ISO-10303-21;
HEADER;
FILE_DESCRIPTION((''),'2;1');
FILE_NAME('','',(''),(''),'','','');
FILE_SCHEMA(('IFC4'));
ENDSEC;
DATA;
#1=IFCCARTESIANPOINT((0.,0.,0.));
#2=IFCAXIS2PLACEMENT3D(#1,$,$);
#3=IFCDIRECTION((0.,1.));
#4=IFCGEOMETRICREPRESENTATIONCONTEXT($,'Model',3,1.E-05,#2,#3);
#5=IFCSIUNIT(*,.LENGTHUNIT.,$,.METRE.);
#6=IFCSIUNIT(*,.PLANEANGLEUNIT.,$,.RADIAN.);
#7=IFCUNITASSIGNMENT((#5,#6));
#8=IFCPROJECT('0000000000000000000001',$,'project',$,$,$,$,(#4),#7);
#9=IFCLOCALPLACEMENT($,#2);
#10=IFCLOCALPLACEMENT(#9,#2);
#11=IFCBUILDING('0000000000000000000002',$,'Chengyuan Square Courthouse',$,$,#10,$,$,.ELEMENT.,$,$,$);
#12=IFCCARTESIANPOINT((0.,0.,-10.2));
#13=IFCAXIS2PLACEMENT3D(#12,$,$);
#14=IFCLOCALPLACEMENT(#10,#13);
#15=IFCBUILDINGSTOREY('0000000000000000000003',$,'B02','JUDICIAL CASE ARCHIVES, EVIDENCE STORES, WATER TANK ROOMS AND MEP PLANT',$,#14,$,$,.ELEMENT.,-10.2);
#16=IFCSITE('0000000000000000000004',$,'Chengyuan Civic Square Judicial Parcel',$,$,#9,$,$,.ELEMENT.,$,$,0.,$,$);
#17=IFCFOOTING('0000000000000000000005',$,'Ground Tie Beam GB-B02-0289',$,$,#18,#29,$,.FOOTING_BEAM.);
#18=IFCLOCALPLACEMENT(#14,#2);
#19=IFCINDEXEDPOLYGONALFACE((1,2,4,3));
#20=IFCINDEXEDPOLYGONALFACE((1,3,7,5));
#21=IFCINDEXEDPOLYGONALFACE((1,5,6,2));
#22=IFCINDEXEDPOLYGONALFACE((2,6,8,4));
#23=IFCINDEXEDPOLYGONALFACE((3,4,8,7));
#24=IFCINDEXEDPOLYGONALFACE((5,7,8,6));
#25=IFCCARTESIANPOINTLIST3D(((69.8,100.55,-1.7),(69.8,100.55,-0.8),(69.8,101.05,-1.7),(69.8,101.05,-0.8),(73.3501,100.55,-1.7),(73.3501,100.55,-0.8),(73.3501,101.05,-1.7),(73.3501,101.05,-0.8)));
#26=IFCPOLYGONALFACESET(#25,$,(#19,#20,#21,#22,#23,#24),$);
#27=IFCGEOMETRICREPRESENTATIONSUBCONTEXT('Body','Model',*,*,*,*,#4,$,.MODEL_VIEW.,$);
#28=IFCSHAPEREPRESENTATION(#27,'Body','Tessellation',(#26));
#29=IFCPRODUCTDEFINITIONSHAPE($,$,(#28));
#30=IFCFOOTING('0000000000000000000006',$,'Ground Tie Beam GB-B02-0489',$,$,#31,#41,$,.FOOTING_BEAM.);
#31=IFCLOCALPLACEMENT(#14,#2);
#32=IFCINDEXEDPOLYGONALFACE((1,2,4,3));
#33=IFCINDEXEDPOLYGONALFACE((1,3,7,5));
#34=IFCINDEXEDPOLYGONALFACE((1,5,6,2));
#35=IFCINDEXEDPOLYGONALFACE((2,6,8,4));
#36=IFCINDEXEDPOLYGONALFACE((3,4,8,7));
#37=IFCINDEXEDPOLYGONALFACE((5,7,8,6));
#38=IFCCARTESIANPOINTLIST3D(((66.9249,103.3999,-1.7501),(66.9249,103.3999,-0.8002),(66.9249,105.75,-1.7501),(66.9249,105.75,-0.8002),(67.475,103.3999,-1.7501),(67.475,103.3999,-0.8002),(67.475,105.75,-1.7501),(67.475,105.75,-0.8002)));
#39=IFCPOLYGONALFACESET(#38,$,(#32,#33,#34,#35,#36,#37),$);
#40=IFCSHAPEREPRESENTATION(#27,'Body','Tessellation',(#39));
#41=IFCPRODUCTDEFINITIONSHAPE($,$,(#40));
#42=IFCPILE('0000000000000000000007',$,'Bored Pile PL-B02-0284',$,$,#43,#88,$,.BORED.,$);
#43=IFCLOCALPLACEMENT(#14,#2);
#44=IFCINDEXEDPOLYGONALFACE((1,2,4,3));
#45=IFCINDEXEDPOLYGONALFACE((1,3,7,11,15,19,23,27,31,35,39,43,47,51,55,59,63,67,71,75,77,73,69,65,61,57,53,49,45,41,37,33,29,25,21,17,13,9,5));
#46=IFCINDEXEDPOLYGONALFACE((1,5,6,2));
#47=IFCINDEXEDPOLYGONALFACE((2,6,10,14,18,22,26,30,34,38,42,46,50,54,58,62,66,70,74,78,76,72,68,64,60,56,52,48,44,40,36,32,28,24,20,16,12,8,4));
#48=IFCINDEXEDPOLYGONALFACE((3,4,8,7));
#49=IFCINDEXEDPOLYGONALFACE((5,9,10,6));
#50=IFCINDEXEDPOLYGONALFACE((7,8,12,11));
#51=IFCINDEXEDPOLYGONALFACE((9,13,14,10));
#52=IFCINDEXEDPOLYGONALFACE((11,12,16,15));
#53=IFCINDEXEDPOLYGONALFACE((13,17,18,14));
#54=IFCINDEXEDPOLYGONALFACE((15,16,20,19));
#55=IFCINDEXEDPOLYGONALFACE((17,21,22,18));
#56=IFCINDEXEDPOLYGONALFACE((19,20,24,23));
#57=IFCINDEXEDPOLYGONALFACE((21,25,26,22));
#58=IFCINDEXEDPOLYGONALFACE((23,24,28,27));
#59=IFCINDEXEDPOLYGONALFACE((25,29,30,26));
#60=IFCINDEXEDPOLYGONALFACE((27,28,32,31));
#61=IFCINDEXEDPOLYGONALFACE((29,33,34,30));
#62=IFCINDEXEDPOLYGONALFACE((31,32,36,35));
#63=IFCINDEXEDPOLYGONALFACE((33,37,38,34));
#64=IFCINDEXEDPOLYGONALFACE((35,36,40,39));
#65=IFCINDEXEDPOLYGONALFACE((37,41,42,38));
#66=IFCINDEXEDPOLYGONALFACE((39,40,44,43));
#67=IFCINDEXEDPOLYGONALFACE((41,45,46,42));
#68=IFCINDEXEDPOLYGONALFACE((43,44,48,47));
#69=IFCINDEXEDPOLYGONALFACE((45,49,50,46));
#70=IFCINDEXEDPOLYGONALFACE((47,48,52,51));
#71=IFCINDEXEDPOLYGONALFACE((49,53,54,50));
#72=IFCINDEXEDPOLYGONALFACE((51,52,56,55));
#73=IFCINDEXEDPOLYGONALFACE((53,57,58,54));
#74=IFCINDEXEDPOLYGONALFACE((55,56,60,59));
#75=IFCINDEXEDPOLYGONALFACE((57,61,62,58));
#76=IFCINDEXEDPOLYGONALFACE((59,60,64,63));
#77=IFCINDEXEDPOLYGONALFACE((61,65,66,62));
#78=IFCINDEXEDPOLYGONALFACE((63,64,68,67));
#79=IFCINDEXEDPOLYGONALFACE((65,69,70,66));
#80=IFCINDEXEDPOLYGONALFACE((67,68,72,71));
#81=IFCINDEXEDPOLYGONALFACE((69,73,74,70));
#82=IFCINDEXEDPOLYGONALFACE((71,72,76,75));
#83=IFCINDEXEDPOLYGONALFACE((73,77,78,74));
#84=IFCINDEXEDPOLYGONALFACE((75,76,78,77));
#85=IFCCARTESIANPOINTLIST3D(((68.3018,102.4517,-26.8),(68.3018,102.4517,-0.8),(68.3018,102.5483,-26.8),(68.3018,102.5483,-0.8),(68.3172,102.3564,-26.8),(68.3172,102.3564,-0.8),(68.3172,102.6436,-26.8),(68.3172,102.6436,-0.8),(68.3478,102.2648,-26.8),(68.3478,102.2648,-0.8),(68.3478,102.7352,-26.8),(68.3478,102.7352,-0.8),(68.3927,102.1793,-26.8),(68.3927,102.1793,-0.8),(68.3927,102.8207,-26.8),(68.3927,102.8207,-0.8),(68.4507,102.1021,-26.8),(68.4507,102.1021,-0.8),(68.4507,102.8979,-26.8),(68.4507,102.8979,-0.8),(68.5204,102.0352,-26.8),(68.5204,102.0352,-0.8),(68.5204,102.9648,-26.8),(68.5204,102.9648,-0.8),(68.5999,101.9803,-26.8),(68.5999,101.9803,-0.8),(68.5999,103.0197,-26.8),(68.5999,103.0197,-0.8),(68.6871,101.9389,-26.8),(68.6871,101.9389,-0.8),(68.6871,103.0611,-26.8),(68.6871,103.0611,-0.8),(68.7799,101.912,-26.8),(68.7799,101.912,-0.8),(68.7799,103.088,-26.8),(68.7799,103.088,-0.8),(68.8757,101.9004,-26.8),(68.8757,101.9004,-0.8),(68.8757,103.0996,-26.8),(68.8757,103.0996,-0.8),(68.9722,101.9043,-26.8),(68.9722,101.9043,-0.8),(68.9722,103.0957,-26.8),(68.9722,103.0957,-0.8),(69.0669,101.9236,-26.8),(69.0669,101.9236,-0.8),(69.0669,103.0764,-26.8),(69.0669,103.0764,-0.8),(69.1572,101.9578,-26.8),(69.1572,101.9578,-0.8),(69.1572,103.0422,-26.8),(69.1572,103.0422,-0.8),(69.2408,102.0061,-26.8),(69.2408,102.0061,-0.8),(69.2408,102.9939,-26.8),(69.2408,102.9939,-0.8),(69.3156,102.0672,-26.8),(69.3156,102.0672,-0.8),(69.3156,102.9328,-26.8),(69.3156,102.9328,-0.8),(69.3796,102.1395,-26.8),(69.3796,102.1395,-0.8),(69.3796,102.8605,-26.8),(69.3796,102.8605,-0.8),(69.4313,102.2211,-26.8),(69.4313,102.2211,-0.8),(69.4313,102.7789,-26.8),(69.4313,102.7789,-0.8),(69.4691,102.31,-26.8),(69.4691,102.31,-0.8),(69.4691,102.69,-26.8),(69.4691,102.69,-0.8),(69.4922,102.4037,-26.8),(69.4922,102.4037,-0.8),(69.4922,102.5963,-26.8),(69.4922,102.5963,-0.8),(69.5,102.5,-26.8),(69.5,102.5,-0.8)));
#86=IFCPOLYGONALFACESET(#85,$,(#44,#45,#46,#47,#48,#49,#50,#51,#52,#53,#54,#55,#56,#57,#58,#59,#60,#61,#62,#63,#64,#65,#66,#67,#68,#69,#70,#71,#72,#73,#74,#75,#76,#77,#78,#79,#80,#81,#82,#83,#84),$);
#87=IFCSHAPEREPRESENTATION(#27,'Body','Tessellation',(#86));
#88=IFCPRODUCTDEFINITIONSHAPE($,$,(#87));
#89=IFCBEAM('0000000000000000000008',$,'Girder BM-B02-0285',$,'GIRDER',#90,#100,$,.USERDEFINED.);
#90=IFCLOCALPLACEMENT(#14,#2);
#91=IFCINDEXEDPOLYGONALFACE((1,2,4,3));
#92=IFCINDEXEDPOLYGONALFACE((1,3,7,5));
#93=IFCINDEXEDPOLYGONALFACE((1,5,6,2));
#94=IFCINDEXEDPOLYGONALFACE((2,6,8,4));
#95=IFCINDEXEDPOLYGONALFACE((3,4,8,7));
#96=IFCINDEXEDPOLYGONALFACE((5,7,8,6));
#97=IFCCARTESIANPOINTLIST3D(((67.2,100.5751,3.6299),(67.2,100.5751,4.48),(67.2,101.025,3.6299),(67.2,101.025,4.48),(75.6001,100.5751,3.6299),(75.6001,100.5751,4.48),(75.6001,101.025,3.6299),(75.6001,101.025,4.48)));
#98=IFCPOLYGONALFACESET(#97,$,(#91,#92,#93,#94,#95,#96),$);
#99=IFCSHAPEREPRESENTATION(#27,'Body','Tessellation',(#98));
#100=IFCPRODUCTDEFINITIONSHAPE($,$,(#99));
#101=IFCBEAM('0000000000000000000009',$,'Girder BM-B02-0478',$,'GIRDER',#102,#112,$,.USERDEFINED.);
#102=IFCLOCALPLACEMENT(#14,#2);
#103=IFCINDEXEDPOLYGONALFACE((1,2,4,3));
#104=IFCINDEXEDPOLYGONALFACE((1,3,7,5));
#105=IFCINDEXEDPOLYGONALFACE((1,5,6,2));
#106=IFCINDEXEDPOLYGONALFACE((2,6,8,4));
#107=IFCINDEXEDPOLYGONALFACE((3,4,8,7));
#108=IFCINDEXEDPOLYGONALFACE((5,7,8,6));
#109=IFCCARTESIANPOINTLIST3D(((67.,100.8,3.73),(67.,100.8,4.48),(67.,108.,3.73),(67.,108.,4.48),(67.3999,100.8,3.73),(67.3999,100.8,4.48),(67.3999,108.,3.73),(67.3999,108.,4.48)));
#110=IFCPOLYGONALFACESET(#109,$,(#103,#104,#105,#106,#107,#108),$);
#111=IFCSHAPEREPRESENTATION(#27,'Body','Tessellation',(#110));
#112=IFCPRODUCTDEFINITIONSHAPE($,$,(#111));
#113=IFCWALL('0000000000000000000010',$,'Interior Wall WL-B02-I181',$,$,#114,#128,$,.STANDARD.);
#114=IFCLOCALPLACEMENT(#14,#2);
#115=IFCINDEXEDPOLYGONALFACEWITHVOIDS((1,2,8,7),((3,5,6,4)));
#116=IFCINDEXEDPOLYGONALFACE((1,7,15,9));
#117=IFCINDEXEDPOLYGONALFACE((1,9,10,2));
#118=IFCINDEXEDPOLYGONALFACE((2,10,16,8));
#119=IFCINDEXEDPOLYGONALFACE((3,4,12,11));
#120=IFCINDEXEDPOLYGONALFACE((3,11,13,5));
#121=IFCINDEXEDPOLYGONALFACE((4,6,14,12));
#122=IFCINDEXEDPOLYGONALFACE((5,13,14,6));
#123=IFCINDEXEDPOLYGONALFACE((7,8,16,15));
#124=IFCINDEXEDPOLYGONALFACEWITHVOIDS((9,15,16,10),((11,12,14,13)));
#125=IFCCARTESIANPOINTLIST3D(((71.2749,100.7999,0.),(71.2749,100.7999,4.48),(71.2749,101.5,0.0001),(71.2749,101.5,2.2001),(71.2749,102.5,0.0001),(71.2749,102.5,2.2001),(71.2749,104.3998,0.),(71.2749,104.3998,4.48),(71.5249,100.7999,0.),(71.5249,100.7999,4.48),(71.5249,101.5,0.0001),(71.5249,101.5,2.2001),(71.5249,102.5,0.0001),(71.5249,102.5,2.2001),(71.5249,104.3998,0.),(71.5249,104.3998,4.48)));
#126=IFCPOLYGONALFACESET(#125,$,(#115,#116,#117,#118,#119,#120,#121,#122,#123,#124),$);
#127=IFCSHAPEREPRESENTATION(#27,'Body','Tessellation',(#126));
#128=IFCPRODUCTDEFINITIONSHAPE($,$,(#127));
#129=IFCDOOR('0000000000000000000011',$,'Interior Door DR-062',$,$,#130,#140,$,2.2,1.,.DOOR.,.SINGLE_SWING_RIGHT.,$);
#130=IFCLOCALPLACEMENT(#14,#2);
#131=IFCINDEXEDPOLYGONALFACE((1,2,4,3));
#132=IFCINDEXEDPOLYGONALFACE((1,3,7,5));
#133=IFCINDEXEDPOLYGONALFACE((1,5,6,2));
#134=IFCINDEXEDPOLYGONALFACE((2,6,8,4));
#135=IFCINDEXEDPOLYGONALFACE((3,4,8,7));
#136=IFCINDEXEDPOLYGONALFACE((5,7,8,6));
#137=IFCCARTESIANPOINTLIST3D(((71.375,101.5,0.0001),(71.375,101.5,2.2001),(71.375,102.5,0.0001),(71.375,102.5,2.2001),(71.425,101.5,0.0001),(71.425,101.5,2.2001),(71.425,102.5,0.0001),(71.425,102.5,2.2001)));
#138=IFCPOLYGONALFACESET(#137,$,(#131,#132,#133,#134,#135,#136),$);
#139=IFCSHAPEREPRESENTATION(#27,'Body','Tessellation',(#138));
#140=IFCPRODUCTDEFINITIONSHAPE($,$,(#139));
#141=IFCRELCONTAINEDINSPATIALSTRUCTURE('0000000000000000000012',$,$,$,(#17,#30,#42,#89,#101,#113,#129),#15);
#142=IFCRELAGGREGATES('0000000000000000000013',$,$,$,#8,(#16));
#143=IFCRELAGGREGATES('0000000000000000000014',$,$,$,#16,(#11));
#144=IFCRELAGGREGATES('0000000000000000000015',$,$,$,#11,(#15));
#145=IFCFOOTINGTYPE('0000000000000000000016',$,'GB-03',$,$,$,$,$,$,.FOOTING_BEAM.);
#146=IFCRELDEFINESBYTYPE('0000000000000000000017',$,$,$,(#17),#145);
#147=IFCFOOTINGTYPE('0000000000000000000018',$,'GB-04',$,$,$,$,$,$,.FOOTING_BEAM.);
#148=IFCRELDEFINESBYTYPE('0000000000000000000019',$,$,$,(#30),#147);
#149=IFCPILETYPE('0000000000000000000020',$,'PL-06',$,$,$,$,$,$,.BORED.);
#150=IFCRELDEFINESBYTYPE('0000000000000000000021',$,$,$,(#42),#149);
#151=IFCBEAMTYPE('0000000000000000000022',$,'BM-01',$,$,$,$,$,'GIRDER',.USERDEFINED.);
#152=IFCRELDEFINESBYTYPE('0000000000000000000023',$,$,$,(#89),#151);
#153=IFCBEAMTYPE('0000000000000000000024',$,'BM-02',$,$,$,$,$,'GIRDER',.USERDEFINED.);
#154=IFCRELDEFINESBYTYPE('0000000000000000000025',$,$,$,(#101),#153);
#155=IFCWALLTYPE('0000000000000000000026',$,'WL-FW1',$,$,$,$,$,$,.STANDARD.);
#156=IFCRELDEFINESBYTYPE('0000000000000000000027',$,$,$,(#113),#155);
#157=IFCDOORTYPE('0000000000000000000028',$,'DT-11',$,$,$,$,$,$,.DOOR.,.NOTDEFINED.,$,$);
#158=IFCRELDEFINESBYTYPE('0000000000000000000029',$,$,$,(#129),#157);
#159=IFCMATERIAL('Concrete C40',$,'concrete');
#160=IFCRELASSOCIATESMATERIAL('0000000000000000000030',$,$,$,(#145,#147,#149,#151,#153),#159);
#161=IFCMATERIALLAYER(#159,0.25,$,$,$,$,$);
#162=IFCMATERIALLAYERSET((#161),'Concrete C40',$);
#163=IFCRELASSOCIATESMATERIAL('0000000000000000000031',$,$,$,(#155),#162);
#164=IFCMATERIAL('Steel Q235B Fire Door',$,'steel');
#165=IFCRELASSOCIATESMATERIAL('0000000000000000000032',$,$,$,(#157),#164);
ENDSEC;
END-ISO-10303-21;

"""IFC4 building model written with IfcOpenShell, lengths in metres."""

from ifc_helpers import new_model, si_unit, direction, frame, frame_2d, origin, origin_2d, place, context, subcontext, project, spatial, rectangle, circle, extrude, material, layer, layer_set, material_profile, profile_set, type_object, element, fill, save


model = new_model("IFC4")

# Units and contexts
model_context = context("Model", 3, precision=1e-05, world=origin(), true_north=direction((0.0, 1.0)))
body_context = subcontext(model_context, "Body", "Model", "MODEL_VIEW")
ifc_project = project(units=[si_unit("LENGTHUNIT", "METRE"), si_unit("PLANEANGLEUNIT", "RADIAN")], contexts=[model_context])

# Site, building, storey
site_placement = place(None, origin())
site = spatial("IfcSite", under=ifc_project, at=site_placement, Name="Chengyuan Civic Square Judicial Parcel", CompositionType="ELEMENT", RefElevation=0.0)
building_placement = place(site_placement, origin())
building = spatial("IfcBuilding", under=site, at=building_placement, Name="Chengyuan Square Courthouse", CompositionType="ELEMENT")
storey_placement = place(building_placement, frame((0.0, 0.0, -10.2)))
storey = spatial("IfcBuildingStorey", under=building, at=storey_placement, Name="B02", Description="JUDICIAL CASE ARCHIVES, EVIDENCE STORES, WATER TANK ROOMS AND MEP PLANT", CompositionType="ELEMENT", Elevation=-10.2)

# Footings
ifc_material_1 = material(Name="Concrete C40", Category="concrete")
ifc_material_profile_1 = material_profile(ifc_material_1, rectangle(XDim=0.5, YDim=0.8999, at=origin_2d()), Name="GB-500x900")
ifc_profile_set_1 = profile_set([ifc_material_profile_1], Name="Concrete C40")
footing_type_1 = type_object("IfcFootingType", Name="GB-03", PredefinedType="FOOTING_BEAM", material=ifc_profile_set_1)
footing_1_placement = place(storey_placement, frame((69.8, 100.8, -1.25), z_axis=(1.0, 0.0, 0.0), x_axis=(0.0, 1.0, 0.0)))
element("IfcFooting", 1, at=footing_1_placement, inside=storey, type_object=footing_type_1, Name="Ground Tie Beam GB-B02-0289", PredefinedType="FOOTING_BEAM", context=body_context, shape_type="SweptSolid", body=[
    extrude(rectangle(XDim=0.5, YDim=0.8999, at=origin_2d()), origin(), (0.0, 0.0, 1.0), 3.55),
])
ifc_material_profile_2 = material_profile(ifc_material_1, rectangle(XDim=0.55, YDim=0.95, at=origin_2d()), Name="GB-550x950")
ifc_profile_set_2 = profile_set([ifc_material_profile_2], Name="Concrete C40")
footing_type_2 = type_object("IfcFootingType", Name="GB-04", PredefinedType="FOOTING_BEAM", material=ifc_profile_set_2)
footing_2_placement = place(storey_placement, frame((67.2, 103.3999, -1.2751), z_axis=(0.0, 1.0, 0.0), x_axis=(-1.0, 0.0, 0.0)))
element("IfcFooting", 2, at=footing_2_placement, inside=storey, type_object=footing_type_2, Name="Ground Tie Beam GB-B02-0489", PredefinedType="FOOTING_BEAM", context=body_context, shape_type="SweptSolid", body=[
    extrude(rectangle(XDim=0.55, YDim=0.95, at=origin_2d()), origin(), (0.0, 0.0, 1.0), 2.3501),
])

# Pile
ifc_material_profile_3 = material_profile(ifc_material_1, circle(Radius=0.6001, at=origin_2d()), Name="BORED PILE D1200")
ifc_profile_set_3 = profile_set([ifc_material_profile_3], Name="Concrete C40")
pile_type = type_object("IfcPileType", Name="PL-06", PredefinedType="BORED", material=ifc_profile_set_3)
pile_placement = place(storey_placement, frame((68.8999, 102.5, -0.8), z_axis=(0.0, 0.0, -1.0), x_axis=(1.0, 0.0, 0.0)))
element("IfcPile", 3, at=pile_placement, inside=storey, type_object=pile_type, Name="Bored Pile PL-B02-0284", PredefinedType="BORED", context=body_context, shape_type="SweptSolid", body=[
    extrude(circle(Radius=0.6001, at=origin_2d()), origin(), (0.0, 0.0, 1.0), 26.0),
])

# Beams
ifc_material_profile_4 = material_profile(ifc_material_1, rectangle(XDim=0.45, YDim=0.8501, at=origin_2d()), Name="RC-BM-450x850")
ifc_profile_set_4 = profile_set([ifc_material_profile_4], Name="Concrete C40")
beam_type_1 = type_object("IfcBeamType", Name="BM-01", ElementType="GIRDER", PredefinedType="USERDEFINED", material=ifc_profile_set_4)
beam_1_placement = place(storey_placement, frame((67.2, 100.8, 4.0549), z_axis=(1.0, 0.0, 0.0), x_axis=(0.0, 1.0, 0.0)))
element("IfcBeam", 4, at=beam_1_placement, inside=storey, type_object=beam_type_1, Name="Girder BM-B02-0285", ObjectType="GIRDER", PredefinedType="USERDEFINED", context=body_context, shape_type="SweptSolid", body=[
    extrude(rectangle(XDim=0.45, YDim=0.8501, at=origin_2d()), origin(), (0.0, 0.0, 1.0), 8.4001),
])
ifc_material_profile_5 = material_profile(ifc_material_1, rectangle(XDim=0.3999, YDim=0.75, at=origin_2d()), Name="RC-BM-400x750")
ifc_profile_set_5 = profile_set([ifc_material_profile_5], Name="Concrete C40")
beam_type_2 = type_object("IfcBeamType", Name="BM-02", ElementType="GIRDER", PredefinedType="USERDEFINED", material=ifc_profile_set_5)
beam_2_placement = place(storey_placement, frame((67.2, 100.8, 4.105), z_axis=(0.0, 1.0, 0.0), x_axis=(-1.0, 0.0, 0.0)))
element("IfcBeam", 5, at=beam_2_placement, inside=storey, type_object=beam_type_2, Name="Girder BM-B02-0478", ObjectType="GIRDER", PredefinedType="USERDEFINED", context=body_context, shape_type="SweptSolid", body=[
    extrude(rectangle(XDim=0.3999, YDim=0.75, at=origin_2d()), origin(), (0.0, 0.0, 1.0), 7.2),
])

# Wall, opening, door
ifc_layer_1 = layer(ifc_material_1, 0.25)
ifc_layer_set_1 = layer_set([ifc_layer_1], Name="Concrete C40")
wall_type_1 = type_object("IfcWallType", Name="WL-FW1", PredefinedType="STANDARD", material=ifc_layer_set_1)
ifc_material_2 = material(Name="Steel Q235B Fire Door", Category="steel")
wall_1_placement = place(storey_placement, frame((71.3999, 100.8, 0.0), z_axis=(0.0, 0.0, 1.0), x_axis=(0.0, 1.0, 0.0)))
wall_1 = element("IfcWall", 6, at=wall_1_placement, inside=storey, type_object=wall_type_1, Name="Interior Wall WL-B02-I181", PredefinedType="STANDARD", context=body_context, shape_type="SweptSolid", body=[
    extrude(rectangle(XDim=3.5999, YDim=0.25, at=frame_2d((1.7998, 0.0))), origin(), (0.0, 0.0, 1.0), 4.48),
])
opening_1_placement = place(wall_1_placement, frame((0.7, 0.0, 0.0)))
opening_1 = element("IfcOpeningElement", 7, at=opening_1_placement, cuts=wall_1, PredefinedType="OPENING", context=body_context, shape_type="SweptSolid", body=[
    extrude(rectangle(XDim=1.0, YDim=2.2, at=frame_2d((0.5, 1.1001))), frame((0.0, 0.137, 0.0), z_axis=(0.0, -1.0, 0.0), x_axis=(1.0, 0.0, 0.0)), (0.0, 0.0, 1.0), 0.2739),
])
door_type_1 = type_object("IfcDoorType", Name="DT-11", OperationType="NOTDEFINED", PredefinedType="DOOR", material=ifc_material_2)
door_1_placement = place(opening_1_placement, origin())
door_1 = element("IfcDoor", 8, at=door_1_placement, inside=storey, type_object=door_type_1, Name="Interior Door DR-062", OperationType="SINGLE_SWING_RIGHT", OverallHeight=2.2, OverallWidth=1.0, PredefinedType="DOOR", context=body_context, shape_type="SweptSolid", body=[
    extrude(rectangle(XDim=1.0, YDim=2.2, at=frame_2d((0.5, 1.1001))), frame((0.0, 0.0249, 0.0), z_axis=(0.0, -1.0, 0.0), x_axis=(1.0, 0.0, 0.0)), (0.0, 0.0, 1.0), 0.05),
])
fill(opening_1, door_1)

save(model, "model.ifc")
